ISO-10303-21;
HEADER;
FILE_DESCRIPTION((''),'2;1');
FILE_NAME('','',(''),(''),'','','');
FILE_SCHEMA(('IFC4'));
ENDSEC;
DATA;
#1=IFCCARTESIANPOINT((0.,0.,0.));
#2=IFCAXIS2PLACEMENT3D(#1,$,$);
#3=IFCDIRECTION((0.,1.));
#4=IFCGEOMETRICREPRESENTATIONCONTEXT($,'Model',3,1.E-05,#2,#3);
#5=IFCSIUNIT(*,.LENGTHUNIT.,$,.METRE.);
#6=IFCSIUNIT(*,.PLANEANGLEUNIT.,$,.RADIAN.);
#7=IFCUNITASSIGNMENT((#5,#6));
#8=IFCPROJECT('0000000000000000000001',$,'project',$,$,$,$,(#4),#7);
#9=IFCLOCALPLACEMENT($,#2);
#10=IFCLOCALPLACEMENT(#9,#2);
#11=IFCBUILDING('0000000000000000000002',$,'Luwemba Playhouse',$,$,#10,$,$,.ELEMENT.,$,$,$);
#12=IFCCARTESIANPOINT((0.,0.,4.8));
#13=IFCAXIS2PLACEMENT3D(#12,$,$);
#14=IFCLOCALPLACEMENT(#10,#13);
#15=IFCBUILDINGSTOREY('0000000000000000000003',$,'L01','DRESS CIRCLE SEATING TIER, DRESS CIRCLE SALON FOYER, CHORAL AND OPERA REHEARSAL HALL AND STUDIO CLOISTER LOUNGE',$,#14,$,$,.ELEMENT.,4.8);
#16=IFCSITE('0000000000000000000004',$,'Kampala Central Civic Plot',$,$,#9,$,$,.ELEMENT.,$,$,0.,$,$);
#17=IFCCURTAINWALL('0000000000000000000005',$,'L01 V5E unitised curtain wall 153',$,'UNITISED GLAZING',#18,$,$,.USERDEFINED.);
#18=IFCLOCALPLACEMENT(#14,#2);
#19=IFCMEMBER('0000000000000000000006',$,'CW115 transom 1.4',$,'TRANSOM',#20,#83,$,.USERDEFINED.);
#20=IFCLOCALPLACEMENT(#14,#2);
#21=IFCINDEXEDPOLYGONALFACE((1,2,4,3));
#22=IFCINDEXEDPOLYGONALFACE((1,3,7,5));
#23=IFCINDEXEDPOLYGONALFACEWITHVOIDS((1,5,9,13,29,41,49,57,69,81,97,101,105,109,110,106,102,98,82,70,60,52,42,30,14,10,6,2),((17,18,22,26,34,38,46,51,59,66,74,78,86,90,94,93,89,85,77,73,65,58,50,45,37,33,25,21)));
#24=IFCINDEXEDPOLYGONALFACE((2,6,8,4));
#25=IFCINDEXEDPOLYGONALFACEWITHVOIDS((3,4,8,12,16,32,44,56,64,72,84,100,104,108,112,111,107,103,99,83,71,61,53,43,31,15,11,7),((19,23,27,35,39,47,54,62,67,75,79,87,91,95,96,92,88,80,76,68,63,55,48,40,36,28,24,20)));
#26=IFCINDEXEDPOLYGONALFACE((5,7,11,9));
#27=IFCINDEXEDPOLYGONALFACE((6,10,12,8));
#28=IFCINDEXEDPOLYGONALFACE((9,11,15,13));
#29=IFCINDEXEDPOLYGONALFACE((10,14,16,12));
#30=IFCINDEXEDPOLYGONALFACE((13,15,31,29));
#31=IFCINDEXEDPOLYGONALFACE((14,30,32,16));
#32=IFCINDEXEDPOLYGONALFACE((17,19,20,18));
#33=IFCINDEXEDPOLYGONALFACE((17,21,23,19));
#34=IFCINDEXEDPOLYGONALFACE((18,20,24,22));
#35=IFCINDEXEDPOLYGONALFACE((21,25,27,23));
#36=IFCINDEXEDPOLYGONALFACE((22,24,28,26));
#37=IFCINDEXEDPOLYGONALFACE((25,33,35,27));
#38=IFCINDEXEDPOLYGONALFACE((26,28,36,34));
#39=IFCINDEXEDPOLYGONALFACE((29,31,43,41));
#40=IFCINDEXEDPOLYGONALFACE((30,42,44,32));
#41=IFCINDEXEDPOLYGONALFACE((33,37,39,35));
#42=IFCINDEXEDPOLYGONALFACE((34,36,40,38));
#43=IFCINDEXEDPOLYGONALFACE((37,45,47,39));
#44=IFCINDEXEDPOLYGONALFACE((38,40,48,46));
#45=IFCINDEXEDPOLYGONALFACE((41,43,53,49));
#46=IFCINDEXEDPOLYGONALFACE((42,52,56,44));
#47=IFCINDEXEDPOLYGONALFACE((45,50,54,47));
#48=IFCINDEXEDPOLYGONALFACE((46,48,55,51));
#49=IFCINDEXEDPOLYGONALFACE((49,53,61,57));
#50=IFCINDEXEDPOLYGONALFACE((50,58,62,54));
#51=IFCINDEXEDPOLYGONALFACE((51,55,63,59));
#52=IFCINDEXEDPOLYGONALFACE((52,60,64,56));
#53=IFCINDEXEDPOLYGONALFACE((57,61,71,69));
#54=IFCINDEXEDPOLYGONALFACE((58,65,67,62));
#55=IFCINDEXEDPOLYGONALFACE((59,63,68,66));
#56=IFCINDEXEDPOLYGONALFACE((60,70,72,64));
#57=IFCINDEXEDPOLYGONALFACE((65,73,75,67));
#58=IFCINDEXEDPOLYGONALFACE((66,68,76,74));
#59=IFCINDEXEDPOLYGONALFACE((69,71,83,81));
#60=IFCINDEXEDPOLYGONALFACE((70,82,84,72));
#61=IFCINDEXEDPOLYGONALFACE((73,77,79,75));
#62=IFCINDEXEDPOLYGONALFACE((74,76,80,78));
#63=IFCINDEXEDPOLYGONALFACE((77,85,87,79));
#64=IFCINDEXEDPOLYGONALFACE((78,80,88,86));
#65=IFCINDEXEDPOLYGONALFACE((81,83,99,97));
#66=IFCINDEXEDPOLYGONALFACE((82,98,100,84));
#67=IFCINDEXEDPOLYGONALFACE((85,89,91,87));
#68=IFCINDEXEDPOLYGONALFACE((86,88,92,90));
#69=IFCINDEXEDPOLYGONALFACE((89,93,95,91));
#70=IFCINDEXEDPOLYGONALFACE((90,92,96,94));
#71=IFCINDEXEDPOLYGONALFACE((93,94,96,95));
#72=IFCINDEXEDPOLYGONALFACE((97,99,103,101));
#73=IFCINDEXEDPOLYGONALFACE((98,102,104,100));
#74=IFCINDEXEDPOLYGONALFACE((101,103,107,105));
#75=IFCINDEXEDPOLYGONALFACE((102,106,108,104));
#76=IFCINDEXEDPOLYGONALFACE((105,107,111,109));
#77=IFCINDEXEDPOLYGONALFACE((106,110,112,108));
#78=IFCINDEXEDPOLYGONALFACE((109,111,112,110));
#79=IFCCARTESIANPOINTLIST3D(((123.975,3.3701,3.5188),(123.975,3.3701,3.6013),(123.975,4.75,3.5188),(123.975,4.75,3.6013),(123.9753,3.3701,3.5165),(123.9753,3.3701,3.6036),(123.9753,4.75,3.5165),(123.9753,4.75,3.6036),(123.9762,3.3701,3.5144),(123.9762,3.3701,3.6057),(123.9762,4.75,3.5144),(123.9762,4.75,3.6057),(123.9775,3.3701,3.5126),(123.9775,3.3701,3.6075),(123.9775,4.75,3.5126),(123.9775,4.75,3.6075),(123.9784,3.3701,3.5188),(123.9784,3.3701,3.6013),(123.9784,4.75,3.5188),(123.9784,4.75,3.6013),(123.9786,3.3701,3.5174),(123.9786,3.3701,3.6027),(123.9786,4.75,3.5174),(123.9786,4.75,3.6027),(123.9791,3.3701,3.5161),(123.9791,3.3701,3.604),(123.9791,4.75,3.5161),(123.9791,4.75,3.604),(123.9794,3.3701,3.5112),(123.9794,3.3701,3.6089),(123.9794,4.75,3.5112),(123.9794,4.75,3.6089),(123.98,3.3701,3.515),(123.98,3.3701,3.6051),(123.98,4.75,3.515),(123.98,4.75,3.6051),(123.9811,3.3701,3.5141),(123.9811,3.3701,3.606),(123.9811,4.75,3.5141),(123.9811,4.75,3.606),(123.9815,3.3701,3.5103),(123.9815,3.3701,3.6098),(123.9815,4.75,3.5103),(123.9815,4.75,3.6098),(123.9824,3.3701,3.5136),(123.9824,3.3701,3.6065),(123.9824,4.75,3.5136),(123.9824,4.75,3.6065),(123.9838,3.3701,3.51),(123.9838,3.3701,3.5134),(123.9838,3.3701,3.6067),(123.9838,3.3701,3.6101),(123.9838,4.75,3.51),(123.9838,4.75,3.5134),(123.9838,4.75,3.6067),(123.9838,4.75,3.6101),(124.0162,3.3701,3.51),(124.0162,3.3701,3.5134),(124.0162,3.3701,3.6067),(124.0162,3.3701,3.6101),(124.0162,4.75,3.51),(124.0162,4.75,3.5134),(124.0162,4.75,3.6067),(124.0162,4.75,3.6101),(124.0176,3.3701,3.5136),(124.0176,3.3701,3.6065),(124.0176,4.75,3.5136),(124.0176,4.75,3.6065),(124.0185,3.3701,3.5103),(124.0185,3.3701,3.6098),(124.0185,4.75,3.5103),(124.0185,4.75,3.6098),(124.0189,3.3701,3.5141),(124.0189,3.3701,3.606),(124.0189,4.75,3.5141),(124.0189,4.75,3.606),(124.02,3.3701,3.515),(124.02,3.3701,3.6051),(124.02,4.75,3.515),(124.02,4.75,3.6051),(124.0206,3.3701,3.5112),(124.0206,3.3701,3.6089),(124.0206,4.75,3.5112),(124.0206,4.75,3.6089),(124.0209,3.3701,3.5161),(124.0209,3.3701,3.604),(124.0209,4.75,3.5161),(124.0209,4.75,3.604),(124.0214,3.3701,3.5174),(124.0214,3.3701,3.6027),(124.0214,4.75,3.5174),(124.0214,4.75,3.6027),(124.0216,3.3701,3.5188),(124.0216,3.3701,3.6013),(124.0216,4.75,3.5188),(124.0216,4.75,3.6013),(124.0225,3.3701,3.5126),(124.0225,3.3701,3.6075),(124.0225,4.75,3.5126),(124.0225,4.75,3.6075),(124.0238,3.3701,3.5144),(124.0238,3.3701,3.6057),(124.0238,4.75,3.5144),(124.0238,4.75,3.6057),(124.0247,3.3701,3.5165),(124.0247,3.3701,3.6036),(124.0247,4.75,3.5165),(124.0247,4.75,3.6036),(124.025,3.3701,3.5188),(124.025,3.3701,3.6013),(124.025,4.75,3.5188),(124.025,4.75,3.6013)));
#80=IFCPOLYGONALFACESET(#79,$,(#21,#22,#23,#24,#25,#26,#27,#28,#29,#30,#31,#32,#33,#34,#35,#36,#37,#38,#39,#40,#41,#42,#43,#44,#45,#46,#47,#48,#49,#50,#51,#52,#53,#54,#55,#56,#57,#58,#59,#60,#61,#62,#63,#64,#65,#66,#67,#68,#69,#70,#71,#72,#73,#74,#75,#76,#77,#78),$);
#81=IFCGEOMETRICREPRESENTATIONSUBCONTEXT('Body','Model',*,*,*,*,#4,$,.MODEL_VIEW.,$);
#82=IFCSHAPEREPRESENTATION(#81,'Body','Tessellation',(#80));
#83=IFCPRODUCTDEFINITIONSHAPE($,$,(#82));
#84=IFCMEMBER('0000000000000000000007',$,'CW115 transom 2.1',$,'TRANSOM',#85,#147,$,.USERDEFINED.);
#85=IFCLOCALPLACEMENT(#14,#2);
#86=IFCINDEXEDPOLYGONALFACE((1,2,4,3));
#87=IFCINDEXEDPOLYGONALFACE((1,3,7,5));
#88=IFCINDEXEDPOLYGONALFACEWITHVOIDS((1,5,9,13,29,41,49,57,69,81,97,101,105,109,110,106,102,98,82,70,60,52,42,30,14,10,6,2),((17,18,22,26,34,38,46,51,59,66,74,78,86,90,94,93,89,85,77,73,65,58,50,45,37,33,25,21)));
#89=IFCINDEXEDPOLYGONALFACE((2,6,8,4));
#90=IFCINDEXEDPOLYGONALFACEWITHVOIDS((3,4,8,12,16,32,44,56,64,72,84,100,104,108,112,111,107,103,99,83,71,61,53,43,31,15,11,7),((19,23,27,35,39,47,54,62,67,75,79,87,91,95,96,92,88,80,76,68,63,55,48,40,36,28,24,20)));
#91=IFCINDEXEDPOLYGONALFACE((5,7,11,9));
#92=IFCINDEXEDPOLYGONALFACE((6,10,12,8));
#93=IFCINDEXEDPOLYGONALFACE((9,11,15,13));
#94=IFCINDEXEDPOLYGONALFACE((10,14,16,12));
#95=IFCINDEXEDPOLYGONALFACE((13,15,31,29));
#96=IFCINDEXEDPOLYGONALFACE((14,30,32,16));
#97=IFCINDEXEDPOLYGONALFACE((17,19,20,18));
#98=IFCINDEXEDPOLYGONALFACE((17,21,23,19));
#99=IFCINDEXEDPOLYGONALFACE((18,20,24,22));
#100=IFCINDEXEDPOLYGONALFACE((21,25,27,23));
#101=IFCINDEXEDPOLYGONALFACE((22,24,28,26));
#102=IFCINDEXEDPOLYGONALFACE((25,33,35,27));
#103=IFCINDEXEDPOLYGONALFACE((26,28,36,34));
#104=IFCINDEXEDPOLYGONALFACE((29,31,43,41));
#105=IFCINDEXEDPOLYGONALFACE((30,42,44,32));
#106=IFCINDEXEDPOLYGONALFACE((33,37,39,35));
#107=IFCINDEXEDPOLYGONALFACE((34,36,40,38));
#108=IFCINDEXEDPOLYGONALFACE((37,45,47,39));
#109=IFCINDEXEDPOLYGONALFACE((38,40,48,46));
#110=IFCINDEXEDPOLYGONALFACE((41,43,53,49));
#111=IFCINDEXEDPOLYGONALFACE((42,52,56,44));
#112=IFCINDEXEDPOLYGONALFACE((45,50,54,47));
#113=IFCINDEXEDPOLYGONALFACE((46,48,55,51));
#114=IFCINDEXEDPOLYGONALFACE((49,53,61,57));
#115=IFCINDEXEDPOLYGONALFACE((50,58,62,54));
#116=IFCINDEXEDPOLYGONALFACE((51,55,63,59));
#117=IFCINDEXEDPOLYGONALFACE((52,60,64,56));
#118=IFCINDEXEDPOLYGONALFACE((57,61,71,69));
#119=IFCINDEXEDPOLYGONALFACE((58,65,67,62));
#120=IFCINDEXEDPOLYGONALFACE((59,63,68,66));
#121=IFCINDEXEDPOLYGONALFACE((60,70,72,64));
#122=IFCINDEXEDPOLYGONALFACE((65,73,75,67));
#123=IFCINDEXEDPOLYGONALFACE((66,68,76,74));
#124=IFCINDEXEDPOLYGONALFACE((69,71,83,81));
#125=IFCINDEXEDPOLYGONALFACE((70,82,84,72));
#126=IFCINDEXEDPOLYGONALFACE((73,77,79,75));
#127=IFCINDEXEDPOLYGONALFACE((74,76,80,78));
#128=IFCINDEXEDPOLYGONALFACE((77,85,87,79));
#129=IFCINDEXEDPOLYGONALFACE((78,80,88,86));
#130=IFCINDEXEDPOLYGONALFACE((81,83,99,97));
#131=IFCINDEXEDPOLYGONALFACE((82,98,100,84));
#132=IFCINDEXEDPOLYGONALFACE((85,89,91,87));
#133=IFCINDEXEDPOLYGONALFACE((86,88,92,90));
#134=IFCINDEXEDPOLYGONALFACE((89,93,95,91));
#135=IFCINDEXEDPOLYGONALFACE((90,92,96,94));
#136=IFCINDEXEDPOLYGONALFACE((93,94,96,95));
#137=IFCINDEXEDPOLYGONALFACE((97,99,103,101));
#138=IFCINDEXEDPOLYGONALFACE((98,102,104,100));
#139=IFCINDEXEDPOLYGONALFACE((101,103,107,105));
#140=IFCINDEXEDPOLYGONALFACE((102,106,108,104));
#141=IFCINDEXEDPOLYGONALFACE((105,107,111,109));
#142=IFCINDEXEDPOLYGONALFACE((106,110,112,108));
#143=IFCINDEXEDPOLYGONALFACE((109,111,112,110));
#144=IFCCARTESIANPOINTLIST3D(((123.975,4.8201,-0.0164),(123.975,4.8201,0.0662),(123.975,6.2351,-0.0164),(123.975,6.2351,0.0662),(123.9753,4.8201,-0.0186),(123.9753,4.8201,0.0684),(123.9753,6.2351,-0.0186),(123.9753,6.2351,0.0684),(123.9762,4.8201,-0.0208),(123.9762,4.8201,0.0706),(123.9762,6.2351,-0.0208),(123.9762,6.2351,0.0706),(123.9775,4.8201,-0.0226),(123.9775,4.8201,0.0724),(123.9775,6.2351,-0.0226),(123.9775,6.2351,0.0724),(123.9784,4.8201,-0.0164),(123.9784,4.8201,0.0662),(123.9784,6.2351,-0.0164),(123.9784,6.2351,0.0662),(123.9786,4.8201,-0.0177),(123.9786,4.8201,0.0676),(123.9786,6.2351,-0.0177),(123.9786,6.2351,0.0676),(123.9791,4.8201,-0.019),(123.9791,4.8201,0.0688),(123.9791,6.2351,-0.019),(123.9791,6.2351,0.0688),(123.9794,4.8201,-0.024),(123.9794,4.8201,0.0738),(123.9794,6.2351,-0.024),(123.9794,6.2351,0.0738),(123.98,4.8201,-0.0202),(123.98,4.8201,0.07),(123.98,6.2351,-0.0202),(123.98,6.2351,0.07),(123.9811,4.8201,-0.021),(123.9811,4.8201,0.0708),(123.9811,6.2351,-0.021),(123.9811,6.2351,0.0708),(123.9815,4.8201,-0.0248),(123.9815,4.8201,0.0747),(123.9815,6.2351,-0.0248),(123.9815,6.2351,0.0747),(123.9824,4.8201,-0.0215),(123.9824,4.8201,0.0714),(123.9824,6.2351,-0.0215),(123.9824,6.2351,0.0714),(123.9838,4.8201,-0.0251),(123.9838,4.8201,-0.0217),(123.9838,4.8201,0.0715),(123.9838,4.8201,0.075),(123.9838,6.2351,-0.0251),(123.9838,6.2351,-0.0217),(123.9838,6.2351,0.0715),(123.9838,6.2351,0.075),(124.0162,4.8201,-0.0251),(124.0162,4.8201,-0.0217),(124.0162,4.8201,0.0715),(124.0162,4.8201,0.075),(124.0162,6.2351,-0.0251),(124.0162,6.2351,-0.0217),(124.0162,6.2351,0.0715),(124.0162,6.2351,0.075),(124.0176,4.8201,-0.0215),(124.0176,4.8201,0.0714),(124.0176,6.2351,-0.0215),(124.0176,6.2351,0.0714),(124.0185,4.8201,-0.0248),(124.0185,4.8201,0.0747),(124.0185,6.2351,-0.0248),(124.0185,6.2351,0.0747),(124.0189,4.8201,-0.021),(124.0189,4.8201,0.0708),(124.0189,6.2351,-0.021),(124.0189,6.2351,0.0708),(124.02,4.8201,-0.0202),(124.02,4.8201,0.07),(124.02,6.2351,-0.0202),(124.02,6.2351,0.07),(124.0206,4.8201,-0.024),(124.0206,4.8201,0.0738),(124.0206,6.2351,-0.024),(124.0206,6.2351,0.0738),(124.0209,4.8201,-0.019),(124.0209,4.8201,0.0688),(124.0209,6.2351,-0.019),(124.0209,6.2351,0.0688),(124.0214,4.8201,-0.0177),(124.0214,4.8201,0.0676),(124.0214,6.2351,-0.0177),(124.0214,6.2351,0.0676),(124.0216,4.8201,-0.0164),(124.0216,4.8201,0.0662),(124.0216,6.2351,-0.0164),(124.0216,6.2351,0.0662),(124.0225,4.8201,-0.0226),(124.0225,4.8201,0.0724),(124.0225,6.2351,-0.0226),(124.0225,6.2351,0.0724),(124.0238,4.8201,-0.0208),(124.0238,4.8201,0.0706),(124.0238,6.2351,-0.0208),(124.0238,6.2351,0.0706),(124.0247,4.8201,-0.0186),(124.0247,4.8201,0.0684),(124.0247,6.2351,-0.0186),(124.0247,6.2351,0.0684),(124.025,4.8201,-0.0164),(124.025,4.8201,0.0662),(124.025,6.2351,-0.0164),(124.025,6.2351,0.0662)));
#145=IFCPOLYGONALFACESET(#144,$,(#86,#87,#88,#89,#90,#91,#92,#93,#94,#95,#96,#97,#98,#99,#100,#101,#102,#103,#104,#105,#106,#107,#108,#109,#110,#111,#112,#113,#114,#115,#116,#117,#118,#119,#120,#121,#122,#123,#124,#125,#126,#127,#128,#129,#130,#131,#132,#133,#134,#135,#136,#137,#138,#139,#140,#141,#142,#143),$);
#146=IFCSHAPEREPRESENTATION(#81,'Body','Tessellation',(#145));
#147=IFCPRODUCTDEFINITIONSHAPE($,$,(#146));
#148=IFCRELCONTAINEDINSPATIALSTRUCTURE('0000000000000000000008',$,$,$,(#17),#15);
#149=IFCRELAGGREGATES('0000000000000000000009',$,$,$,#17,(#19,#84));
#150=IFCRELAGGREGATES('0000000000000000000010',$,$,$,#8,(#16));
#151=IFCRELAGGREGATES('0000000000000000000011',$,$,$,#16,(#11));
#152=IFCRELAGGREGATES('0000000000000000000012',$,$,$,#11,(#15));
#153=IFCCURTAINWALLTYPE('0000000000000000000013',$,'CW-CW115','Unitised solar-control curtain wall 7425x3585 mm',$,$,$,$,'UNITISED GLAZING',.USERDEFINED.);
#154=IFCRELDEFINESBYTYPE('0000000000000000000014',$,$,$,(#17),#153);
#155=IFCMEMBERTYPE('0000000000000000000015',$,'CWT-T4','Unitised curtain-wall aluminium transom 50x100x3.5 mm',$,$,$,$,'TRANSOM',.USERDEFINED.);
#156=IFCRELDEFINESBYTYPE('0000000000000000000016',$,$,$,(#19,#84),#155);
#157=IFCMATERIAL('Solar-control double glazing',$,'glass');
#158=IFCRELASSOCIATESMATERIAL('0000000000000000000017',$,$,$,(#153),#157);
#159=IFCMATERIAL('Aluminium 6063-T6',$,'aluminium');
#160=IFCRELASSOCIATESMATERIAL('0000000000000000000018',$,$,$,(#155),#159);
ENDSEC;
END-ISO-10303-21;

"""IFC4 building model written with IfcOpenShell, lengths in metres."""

from ifc_helpers import new_model, si_unit, direction, frame, origin, origin_2d, place, context, subcontext, project, spatial, hollow_rectangle, extrude, material, material_profile, profile_set, type_object, element, aggregate, save


model = new_model("IFC4")

# Units and contexts
model_context = context("Model", 3, precision=1e-05, world=origin(), true_north=direction((0.0, 1.0)))
body_context = subcontext(model_context, "Body", "Model", "MODEL_VIEW")
ifc_project = project(units=[si_unit("LENGTHUNIT", "METRE"), si_unit("PLANEANGLEUNIT", "RADIAN")], contexts=[model_context])

# Site, building, storey
site_placement = place(None, origin())
site = spatial("IfcSite", under=ifc_project, at=site_placement, Name="Kampala Central Civic Plot", CompositionType="ELEMENT", RefElevation=0.0)
building_placement = place(site_placement, origin())
building = spatial("IfcBuilding", under=site, at=building_placement, Name="Luwemba Playhouse", CompositionType="ELEMENT")
storey_placement = place(building_placement, frame((0.0, 0.0, 4.8)))
storey = spatial("IfcBuildingStorey", under=building, at=storey_placement, Name="L01", Description="DRESS CIRCLE SEATING TIER, DRESS CIRCLE SALON FOYER, CHORAL AND OPERA REHEARSAL HALL AND STUDIO CLOISTER LOUNGE", CompositionType="ELEMENT", Elevation=4.8)

# Curtain wall, members
ifc_material_1 = material(Name="Solar-control double glazing", Category="glass")
curtain_wall_type = type_object("IfcCurtainWallType", Name="CW-CW115", Description="Unitised solar-control curtain wall 7425x3585 mm", ElementType="UNITISED GLAZING", PredefinedType="USERDEFINED", material=ifc_material_1)
curtain_wall_placement = place(storey_placement, origin())
curtain_wall = element("IfcCurtainWall", 1, at=curtain_wall_placement, inside=storey, type_object=curtain_wall_type, Name="L01 V5E unitised curtain wall 153", ObjectType="UNITISED GLAZING", PredefinedType="USERDEFINED")
ifc_material_2 = material(Name="Aluminium 6063-T6", Category="aluminium")
ifc_material_profile_1 = material_profile(ifc_material_2, hollow_rectangle(XDim=0.05, YDim=0.1001, WallThickness=0.0034, InnerFilletRadius=0.0054, OuterFilletRadius=0.0088, at=origin_2d()))
ifc_profile_set_1 = profile_set([ifc_material_profile_1], Name="Aluminium 6063-T6")
member_type_1 = type_object("IfcMemberType", Name="CWT-T4", Description="Unitised curtain-wall aluminium transom 50x100x3.5 mm", ElementType="TRANSOM", PredefinedType="USERDEFINED", material=ifc_profile_set_1)
member_1_placement = place(storey_placement, frame((124.0, 3.3701, 3.5601), z_axis=(0.0, 1.0, 0.0), x_axis=(-1.0, 0.0, 0.0)))
member_1 = element("IfcMember", 2, at=member_1_placement, type_object=member_type_1, Name="CW115 transom 1.4", ObjectType="TRANSOM", PredefinedType="USERDEFINED", context=body_context, shape_type="SweptSolid", body=[
    extrude(hollow_rectangle(XDim=0.05, YDim=0.1001, WallThickness=0.0034, InnerFilletRadius=0.0054, OuterFilletRadius=0.0088, at=origin_2d()), origin(), (0.0, 0.0, 1.0), 1.3799),
])
member_2_placement = place(storey_placement, frame((124.0, 4.8201, 0.0249), z_axis=(0.0, 1.0, 0.0), x_axis=(-1.0, 0.0, 0.0)))
member_2 = element("IfcMember", 3, at=member_2_placement, type_object=member_type_1, Name="CW115 transom 2.1", ObjectType="TRANSOM", PredefinedType="USERDEFINED", context=body_context, shape_type="SweptSolid", body=[
    extrude(hollow_rectangle(XDim=0.05, YDim=0.1001, WallThickness=0.0034, InnerFilletRadius=0.0054, OuterFilletRadius=0.0088, at=origin_2d()), origin(), (0.0, 0.0, 1.0), 1.415),
])

aggregate(curtain_wall, [member_1, member_2])

save(model, "model.ifc")
